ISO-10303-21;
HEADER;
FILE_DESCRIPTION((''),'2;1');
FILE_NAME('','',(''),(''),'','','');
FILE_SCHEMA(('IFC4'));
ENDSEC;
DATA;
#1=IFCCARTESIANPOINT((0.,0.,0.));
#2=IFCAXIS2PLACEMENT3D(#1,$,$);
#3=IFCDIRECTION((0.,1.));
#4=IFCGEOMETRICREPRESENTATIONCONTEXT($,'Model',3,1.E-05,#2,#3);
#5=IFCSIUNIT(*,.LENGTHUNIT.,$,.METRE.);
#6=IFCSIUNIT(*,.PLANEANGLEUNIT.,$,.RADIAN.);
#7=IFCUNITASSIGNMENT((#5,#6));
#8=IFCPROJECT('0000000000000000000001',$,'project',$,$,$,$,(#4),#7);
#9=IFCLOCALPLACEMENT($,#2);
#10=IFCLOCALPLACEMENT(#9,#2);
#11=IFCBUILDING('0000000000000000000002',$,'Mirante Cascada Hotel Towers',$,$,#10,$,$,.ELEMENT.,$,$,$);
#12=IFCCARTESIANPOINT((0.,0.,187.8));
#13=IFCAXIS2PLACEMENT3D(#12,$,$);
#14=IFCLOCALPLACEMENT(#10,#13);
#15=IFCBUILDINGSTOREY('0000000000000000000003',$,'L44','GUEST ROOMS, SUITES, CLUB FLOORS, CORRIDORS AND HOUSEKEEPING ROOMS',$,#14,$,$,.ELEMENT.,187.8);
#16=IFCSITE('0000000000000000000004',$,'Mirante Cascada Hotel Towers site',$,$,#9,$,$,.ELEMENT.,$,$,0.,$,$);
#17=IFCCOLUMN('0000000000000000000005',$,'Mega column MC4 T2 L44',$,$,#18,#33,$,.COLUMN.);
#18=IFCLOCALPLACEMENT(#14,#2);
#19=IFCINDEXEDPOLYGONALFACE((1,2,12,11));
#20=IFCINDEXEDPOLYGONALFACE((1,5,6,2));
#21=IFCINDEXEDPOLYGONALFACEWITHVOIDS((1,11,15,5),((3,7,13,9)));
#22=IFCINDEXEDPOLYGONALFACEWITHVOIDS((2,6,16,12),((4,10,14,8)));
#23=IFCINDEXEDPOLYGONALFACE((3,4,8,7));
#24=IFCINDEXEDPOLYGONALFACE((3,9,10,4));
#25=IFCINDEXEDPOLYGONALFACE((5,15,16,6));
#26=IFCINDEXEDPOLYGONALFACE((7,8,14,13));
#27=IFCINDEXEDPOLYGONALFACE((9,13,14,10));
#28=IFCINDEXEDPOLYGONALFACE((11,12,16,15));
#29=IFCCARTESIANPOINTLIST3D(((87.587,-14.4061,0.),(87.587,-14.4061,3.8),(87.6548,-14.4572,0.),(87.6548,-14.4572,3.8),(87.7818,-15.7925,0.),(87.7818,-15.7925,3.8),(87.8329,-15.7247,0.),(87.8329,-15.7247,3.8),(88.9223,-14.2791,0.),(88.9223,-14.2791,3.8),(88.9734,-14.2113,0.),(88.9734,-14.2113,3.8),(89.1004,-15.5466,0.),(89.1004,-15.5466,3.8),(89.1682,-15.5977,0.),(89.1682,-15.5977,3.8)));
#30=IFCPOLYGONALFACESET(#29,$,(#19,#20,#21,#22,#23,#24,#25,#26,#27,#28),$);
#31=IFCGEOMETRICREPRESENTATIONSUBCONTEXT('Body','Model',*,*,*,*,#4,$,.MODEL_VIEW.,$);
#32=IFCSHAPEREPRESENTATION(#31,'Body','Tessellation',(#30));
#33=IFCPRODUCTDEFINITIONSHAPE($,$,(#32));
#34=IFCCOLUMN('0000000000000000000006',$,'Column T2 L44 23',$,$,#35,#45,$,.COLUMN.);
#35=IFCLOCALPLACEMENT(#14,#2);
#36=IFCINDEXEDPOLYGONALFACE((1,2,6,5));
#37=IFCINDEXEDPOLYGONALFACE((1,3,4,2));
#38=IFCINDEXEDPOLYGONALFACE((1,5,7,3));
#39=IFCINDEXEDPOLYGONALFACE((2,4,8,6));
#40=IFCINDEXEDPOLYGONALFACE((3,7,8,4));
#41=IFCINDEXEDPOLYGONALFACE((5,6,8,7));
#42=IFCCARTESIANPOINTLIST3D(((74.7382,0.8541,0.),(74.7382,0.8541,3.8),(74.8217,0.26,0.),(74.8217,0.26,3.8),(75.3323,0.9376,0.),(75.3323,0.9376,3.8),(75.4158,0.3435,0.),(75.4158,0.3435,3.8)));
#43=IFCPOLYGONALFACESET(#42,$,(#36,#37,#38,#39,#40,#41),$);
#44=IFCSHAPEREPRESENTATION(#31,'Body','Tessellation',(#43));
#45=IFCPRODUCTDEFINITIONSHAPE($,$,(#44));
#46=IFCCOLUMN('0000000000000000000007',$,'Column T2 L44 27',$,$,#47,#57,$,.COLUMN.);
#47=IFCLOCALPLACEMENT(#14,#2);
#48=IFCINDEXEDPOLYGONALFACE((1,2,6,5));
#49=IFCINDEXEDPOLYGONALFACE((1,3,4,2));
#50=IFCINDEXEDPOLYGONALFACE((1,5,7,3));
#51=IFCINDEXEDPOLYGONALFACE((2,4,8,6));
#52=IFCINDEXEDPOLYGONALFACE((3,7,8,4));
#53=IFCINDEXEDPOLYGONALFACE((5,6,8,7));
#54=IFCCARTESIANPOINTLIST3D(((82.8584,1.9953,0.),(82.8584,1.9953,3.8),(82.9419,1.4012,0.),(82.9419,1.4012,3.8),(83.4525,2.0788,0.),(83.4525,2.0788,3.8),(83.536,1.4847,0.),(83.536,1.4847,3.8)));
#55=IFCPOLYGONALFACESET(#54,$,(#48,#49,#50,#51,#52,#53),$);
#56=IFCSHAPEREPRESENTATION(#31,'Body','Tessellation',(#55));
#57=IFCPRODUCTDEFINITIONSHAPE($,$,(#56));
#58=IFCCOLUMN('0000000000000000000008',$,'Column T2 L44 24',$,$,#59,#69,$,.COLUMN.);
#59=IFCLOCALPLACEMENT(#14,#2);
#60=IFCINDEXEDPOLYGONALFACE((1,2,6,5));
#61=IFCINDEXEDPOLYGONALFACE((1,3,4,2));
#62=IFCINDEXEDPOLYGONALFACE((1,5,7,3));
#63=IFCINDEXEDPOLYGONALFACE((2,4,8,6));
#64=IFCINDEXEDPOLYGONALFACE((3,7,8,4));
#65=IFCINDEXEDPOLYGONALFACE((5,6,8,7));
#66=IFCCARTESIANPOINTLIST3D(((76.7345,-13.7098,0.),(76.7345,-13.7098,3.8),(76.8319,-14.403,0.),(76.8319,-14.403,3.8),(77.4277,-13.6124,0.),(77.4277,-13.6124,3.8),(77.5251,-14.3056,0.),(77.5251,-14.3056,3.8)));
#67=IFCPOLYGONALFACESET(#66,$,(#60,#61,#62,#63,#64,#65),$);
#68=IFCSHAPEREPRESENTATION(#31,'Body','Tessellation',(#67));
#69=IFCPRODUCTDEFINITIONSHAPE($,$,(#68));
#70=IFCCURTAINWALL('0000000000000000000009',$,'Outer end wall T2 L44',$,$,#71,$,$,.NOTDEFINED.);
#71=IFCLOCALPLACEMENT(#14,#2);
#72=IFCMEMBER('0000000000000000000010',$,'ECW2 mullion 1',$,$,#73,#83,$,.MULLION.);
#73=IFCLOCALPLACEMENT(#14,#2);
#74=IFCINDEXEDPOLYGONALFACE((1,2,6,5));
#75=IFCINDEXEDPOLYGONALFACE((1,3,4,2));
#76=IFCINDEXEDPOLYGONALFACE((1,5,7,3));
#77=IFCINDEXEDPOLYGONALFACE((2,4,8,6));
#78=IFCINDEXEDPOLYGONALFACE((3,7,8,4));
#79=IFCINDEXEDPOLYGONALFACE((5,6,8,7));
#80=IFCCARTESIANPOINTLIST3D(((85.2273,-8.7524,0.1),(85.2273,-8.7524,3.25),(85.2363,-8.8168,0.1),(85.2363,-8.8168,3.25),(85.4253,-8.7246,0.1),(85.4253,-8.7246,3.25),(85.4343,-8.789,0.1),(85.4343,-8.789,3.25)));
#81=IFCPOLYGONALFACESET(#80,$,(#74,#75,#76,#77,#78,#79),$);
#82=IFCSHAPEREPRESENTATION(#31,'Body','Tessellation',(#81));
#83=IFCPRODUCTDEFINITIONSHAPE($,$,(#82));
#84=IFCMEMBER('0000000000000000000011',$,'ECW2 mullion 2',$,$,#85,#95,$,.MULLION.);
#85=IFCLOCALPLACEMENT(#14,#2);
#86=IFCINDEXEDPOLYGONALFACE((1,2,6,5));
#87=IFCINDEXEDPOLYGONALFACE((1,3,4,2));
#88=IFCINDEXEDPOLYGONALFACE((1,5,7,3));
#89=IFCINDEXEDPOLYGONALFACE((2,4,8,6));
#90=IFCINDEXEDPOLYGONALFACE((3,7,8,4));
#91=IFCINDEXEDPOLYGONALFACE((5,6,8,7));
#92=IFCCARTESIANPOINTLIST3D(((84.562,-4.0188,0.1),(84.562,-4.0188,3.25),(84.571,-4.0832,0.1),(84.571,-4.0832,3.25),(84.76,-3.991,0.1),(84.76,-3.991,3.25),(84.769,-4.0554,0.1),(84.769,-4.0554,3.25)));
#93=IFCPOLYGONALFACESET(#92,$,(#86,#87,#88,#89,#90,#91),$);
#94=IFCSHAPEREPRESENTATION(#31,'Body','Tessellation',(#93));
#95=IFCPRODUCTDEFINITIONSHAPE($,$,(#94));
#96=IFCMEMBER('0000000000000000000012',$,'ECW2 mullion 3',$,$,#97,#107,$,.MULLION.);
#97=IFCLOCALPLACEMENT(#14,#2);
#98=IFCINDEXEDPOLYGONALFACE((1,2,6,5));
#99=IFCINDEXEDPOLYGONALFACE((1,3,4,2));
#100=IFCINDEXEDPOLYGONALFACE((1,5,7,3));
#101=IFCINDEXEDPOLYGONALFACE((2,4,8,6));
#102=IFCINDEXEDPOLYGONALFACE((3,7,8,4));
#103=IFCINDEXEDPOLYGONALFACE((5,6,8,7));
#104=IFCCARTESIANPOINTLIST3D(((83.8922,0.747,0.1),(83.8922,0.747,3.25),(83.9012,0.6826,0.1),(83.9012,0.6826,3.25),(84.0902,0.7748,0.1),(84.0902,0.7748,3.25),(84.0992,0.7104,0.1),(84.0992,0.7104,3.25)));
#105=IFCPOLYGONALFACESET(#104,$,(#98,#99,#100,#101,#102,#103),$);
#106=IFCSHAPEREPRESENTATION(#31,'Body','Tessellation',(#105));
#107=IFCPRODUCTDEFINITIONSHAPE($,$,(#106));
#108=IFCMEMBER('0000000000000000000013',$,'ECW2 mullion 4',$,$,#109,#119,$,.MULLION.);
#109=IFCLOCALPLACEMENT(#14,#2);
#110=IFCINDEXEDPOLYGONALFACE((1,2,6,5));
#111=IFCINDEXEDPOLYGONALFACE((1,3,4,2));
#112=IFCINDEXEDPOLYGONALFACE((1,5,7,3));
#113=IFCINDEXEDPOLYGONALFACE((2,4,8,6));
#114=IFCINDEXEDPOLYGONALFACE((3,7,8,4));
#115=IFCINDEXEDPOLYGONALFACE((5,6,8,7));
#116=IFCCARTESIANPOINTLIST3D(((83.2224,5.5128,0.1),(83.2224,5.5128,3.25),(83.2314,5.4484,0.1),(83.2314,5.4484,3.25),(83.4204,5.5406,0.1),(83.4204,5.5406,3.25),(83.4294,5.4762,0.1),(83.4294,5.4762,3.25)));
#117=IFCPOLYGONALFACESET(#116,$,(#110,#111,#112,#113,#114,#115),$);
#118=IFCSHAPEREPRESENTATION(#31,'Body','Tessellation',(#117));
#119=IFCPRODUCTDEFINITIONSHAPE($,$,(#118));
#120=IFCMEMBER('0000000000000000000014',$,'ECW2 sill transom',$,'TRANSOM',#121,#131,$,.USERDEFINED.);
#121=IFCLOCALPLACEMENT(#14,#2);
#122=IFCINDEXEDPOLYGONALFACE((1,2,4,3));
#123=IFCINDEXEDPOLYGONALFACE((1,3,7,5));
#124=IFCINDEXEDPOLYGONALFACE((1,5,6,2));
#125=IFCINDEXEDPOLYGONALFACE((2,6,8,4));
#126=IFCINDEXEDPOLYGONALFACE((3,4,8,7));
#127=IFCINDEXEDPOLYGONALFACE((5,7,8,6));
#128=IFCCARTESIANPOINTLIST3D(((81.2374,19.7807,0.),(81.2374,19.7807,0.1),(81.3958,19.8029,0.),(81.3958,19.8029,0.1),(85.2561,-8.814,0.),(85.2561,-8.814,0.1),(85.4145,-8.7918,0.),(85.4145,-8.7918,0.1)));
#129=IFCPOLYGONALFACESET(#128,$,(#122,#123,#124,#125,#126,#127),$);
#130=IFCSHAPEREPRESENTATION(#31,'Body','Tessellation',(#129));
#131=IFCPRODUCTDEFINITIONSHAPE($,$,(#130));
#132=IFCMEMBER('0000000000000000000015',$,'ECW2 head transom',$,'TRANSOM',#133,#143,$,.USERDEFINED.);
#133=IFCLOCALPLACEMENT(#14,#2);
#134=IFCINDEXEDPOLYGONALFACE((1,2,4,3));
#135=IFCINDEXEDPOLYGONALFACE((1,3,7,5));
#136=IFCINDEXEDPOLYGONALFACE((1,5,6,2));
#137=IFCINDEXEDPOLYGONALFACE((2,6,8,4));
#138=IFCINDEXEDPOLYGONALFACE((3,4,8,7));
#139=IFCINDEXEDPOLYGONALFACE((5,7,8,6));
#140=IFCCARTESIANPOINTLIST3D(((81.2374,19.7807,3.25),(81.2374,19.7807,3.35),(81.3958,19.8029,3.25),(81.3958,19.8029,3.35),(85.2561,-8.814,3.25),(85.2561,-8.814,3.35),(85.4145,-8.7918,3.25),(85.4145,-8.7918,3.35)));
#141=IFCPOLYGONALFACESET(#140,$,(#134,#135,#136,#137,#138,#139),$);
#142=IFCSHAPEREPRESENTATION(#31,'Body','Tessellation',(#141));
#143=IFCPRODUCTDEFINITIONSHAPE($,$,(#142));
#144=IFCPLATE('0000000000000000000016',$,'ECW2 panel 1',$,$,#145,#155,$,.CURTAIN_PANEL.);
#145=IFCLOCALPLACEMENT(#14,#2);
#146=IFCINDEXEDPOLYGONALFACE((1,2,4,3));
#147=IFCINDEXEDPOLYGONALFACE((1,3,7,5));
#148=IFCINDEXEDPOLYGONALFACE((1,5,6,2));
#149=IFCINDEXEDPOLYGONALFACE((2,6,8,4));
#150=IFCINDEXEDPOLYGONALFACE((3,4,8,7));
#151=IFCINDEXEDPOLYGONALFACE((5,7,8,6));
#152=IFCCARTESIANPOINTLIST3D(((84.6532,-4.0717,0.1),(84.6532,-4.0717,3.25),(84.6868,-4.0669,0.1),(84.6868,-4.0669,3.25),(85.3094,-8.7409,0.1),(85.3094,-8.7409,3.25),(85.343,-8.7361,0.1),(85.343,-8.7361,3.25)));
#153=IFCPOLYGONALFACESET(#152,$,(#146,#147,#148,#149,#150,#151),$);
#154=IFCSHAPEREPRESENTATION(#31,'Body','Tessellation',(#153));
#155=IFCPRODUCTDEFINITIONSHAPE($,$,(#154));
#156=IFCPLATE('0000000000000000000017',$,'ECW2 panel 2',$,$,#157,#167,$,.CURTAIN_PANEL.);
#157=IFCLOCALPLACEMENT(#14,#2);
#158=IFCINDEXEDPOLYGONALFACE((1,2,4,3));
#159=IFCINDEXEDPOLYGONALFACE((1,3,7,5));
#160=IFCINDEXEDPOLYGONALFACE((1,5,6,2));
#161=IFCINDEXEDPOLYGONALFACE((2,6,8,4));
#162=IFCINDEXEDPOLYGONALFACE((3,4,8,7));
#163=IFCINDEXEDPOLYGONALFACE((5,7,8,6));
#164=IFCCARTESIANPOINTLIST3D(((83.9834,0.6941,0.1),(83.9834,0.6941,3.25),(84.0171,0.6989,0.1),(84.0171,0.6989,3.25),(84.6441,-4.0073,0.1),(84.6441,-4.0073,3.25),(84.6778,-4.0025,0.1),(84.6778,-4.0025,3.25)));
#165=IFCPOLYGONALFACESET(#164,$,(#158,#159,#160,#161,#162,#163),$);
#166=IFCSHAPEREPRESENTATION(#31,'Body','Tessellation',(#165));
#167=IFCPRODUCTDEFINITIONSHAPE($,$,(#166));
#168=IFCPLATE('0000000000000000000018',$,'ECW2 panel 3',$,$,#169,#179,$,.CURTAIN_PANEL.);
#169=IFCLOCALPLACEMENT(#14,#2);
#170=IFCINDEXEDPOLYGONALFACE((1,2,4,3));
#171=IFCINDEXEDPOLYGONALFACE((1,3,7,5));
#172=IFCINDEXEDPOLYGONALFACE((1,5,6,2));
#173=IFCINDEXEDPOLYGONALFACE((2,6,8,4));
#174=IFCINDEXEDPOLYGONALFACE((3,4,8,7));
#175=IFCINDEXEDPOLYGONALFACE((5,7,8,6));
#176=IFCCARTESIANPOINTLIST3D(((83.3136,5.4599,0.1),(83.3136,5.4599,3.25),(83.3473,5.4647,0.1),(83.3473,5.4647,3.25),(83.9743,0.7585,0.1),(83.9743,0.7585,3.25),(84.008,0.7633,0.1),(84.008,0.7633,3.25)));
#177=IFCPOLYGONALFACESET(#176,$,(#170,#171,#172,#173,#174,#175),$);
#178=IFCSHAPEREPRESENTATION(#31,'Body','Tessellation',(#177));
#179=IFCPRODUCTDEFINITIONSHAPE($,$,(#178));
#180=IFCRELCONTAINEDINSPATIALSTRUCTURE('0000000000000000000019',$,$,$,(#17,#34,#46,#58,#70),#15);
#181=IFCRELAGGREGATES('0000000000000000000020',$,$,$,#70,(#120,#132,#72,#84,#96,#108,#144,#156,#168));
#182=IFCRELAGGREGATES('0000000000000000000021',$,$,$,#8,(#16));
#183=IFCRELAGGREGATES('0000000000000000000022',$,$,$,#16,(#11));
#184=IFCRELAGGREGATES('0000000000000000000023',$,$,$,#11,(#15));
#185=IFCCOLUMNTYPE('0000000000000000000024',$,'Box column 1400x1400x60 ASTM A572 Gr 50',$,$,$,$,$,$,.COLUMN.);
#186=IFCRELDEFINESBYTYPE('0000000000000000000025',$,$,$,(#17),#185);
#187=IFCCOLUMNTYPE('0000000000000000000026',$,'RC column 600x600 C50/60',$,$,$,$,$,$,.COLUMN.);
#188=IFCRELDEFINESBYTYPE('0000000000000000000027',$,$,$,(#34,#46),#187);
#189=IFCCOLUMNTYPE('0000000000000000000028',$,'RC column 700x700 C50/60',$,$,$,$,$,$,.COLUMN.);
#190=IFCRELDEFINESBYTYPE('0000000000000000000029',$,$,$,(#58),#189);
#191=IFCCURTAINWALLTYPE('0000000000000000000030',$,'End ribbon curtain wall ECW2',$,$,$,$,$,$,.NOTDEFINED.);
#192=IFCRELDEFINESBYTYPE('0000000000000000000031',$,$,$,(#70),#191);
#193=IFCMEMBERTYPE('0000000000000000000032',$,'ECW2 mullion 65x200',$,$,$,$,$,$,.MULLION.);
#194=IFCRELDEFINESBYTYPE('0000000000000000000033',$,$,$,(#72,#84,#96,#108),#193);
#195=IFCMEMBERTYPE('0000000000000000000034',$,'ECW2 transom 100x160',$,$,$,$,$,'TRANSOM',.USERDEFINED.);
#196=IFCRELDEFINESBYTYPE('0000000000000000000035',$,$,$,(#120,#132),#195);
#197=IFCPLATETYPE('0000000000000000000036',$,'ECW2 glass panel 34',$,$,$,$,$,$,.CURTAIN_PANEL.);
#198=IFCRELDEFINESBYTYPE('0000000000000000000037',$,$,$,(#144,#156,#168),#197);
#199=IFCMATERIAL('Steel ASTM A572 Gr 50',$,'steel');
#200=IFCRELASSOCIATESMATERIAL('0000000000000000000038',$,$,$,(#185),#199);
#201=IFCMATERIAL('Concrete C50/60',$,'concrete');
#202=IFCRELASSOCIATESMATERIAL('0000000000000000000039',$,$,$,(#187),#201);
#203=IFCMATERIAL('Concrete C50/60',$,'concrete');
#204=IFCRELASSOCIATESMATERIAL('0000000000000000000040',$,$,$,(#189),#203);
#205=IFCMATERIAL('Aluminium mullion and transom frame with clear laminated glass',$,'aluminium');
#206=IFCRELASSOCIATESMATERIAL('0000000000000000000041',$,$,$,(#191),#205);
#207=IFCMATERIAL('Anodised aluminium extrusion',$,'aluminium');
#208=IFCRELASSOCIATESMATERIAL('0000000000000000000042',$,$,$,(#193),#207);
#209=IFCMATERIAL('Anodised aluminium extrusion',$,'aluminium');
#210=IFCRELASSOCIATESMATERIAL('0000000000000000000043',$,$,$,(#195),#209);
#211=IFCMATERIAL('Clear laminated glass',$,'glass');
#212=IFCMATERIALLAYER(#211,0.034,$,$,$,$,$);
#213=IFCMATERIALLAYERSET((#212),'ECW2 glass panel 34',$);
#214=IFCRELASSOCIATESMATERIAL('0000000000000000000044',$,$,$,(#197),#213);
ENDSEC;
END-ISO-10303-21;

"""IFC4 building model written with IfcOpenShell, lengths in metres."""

from ifc_helpers import new_model, si_unit, direction, frame, origin, origin_2d, place, context, subcontext, project, spatial, rectangle, hollow_rectangle, extrude, material, layer, layer_set, material_profile, profile_set, type_object, element, aggregate, save


model = new_model("IFC4")

# Units and contexts
model_context = context("Model", 3, precision=1e-05, world=origin(), true_north=direction((0.0, 1.0)))
body_context = subcontext(model_context, "Body", "Model", "MODEL_VIEW")
ifc_project = project(units=[si_unit("LENGTHUNIT", "METRE"), si_unit("PLANEANGLEUNIT", "RADIAN")], contexts=[model_context])

# Site, building, storey
site_placement = place(None, origin())
site = spatial("IfcSite", under=ifc_project, at=site_placement, Name="Mirante Cascada Hotel Towers site", CompositionType="ELEMENT", RefElevation=0.0)
building_placement = place(site_placement, origin())
building = spatial("IfcBuilding", under=site, at=building_placement, Name="Mirante Cascada Hotel Towers", CompositionType="ELEMENT")
storey_placement = place(building_placement, frame((0.0, 0.0, 187.8)))
storey = spatial("IfcBuildingStorey", under=building, at=storey_placement, Name="L44", Description="GUEST ROOMS, SUITES, CLUB FLOORS, CORRIDORS AND HOUSEKEEPING ROOMS", CompositionType="ELEMENT", Elevation=187.8)

# Columns
ifc_material_1 = material(Name="Steel ASTM A572 Gr 50", Category="steel")
ifc_material_profile_1 = material_profile(ifc_material_1, hollow_rectangle(XDim=1.4, YDim=1.4, WallThickness=0.06, at=origin_2d()), Name="Box column 1400x1400x60 ASTM A572 Gr 50")
ifc_profile_set_1 = profile_set([ifc_material_profile_1], Name="Steel ASTM A572 Gr 50")
column_type_1 = type_object("IfcColumnType", Name="Box column 1400x1400x60 ASTM A572 Gr 50", PredefinedType="COLUMN", material=ifc_profile_set_1)
column_1_placement = place(storey_placement, frame((88.3776, -15.0019, 0.0), z_axis=(0.0, 0.0, 1.0), x_axis=(0.990268, 0.139173, 0.0)))
element("IfcColumn", 1, at=column_1_placement, inside=storey, type_object=column_type_1, Name="Mega column MC4 T2 L44", PredefinedType="COLUMN", context=body_context, shape_type="SweptSolid", body=[
    extrude(hollow_rectangle(XDim=1.4, YDim=1.4, WallThickness=0.06, at=origin_2d()), origin(), (0.0, 0.0, 1.0), 3.8),
])
ifc_material_2 = material(Name="Concrete C50/60", Category="concrete")
ifc_material_profile_2 = material_profile(ifc_material_2, rectangle(XDim=0.6, YDim=0.6, at=origin_2d()), Name="RC column 600x600 C50/60")
ifc_profile_set_2 = profile_set([ifc_material_profile_2], Name="Concrete C50/60")
column_type_2 = type_object("IfcColumnType", Name="RC column 600x600 C50/60", PredefinedType="COLUMN", material=ifc_profile_set_2)
for number, where, z_axis, x_axis, name in (
    (2, (75.077, 0.5988, 0.0), (0.0, 0.0, 1.0), (0.990268, 0.139173, 0.0), "Column T2 L44 23"),
    (3, (83.1972, 1.74, 0.0), (0.0, 0.0, 1.0), (0.990268, 0.139173, 0.0), "Column T2 L44 27"),
):
    element("IfcColumn", number, at=place(storey_placement, frame(where, z_axis=z_axis, x_axis=x_axis)), inside=storey, type_object=column_type_2, Name=name, PredefinedType="COLUMN", context=body_context, shape_type="SweptSolid", body=[
        extrude(rectangle(XDim=0.6, YDim=0.6, at=origin_2d()), origin(), (0.0, 0.0, 1.0), 3.8),
    ])
ifc_material_3 = material(Name="Concrete C50/60", Category="concrete")
ifc_material_profile_3 = material_profile(ifc_material_3, rectangle(XDim=0.7, YDim=0.7, at=origin_2d()), Name="RC column 700x700 C50/60")
ifc_profile_set_3 = profile_set([ifc_material_profile_3], Name="Concrete C50/60")
column_type_3 = type_object("IfcColumnType", Name="RC column 700x700 C50/60", PredefinedType="COLUMN", material=ifc_profile_set_3)
column_2_placement = place(storey_placement, frame((77.1298, -14.0077, 0.0), z_axis=(0.0, 0.0, 1.0), x_axis=(0.990268, 0.139173, 0.0)))
element("IfcColumn", 4, at=column_2_placement, inside=storey, type_object=column_type_3, Name="Column T2 L44 24", PredefinedType="COLUMN", context=body_context, shape_type="SweptSolid", body=[
    extrude(rectangle(XDim=0.7, YDim=0.7, at=origin_2d()), origin(), (0.0, 0.0, 1.0), 3.8),
])

# Curtain wall, members, plates
ifc_material_4 = material(Name="Aluminium mullion and transom frame with clear laminated glass", Category="aluminium")
curtain_wall_type = type_object("IfcCurtainWallType", Name="End ribbon curtain wall ECW2", PredefinedType="NOTDEFINED", material=ifc_material_4)
curtain_wall_placement = place(storey_placement, origin())
curtain_wall = element("IfcCurtainWall", 5, at=curtain_wall_placement, inside=storey, type_object=curtain_wall_type, Name="Outer end wall T2 L44", PredefinedType="NOTDEFINED")
ifc_material_5 = material(Name="Anodised aluminium extrusion", Category="aluminium")
ifc_material_profile_4 = material_profile(ifc_material_5, rectangle(XDim=0.2, YDim=0.065, at=origin_2d()), Name="ECW2 MULLION 65x200")
ifc_profile_set_4 = profile_set([ifc_material_profile_4], Name="Anodised aluminium extrusion")
member_type_1 = type_object("IfcMemberType", Name="ECW2 mullion 65x200", PredefinedType="MULLION", material=ifc_profile_set_4)
member_1_placement = place(storey_placement, frame((85.3308, -8.7707, 0.1), z_axis=(0.0, 0.0, 1.0), x_axis=(-0.990268, -0.139173, 0.0)))
member_1 = element("IfcMember", 6, at=member_1_placement, type_object=member_type_1, Name="ECW2 mullion 1", PredefinedType="MULLION", context=body_context, shape_type="SweptSolid", body=[
    extrude(rectangle(XDim=0.2, YDim=0.065, at=origin_2d()), origin(), (0.0, 0.0, 1.0), 3.15),
])
member_2_placement = place(storey_placement, frame((84.6655, -4.0371, 0.1), z_axis=(0.0, 0.0, 1.0), x_axis=(-0.990268, -0.139173, 0.0)))
member_2 = element("IfcMember", 7, at=member_2_placement, type_object=member_type_1, Name="ECW2 mullion 2", PredefinedType="MULLION", context=body_context, shape_type="SweptSolid", body=[
    extrude(rectangle(XDim=0.2, YDim=0.065, at=origin_2d()), origin(), (0.0, 0.0, 1.0), 3.15),
])
member_3_placement = place(storey_placement, frame((83.9957, 0.7287, 0.1), z_axis=(0.0, 0.0, 1.0), x_axis=(-0.990268, -0.139173, 0.0)))
member_3 = element("IfcMember", 8, at=member_3_placement, type_object=member_type_1, Name="ECW2 mullion 3", PredefinedType="MULLION", context=body_context, shape_type="SweptSolid", body=[
    extrude(rectangle(XDim=0.2, YDim=0.065, at=origin_2d()), origin(), (0.0, 0.0, 1.0), 3.15),
])
member_4_placement = place(storey_placement, frame((83.3259, 5.4945, 0.1), z_axis=(0.0, 0.0, 1.0), x_axis=(-0.990268, -0.139173, 0.0)))
member_4 = element("IfcMember", 9, at=member_4_placement, type_object=member_type_1, Name="ECW2 mullion 4", PredefinedType="MULLION", context=body_context, shape_type="SweptSolid", body=[
    extrude(rectangle(XDim=0.2, YDim=0.065, at=origin_2d()), origin(), (0.0, 0.0, 1.0), 3.15),
])
ifc_material_6 = material(Name="Anodised aluminium extrusion", Category="aluminium")
ifc_material_profile_5 = material_profile(ifc_material_6, rectangle(XDim=0.16, YDim=0.1, at=origin_2d()), Name="ECW2 TRANSOM 100x160")
ifc_profile_set_5 = profile_set([ifc_material_profile_5], Name="Anodised aluminium extrusion")
member_type_2 = type_object("IfcMemberType", Name="ECW2 transom 100x160", ElementType="TRANSOM", PredefinedType="USERDEFINED", material=ifc_profile_set_5)
member_5_placement = place(storey_placement, frame((85.3353, -8.8029, 0.05), z_axis=(-0.139172, 0.990268, 0.0), x_axis=(-0.990268, -0.139172, 0.0)))
member_5 = element("IfcMember", 10, at=member_5_placement, type_object=member_type_2, Name="ECW2 sill transom", ObjectType="TRANSOM", PredefinedType="USERDEFINED", context=body_context, shape_type="SweptSolid", body=[
    extrude(rectangle(XDim=0.16, YDim=0.1, at=origin_2d()), origin(), (0.0, 0.0, 1.0), 28.8757),
])
member_6_placement = place(storey_placement, frame((85.3353, -8.8029, 3.3), z_axis=(-0.139172, 0.990268, 0.0), x_axis=(-0.990268, -0.139172, 0.0)))
member_6 = element("IfcMember", 11, at=member_6_placement, type_object=member_type_2, Name="ECW2 head transom", ObjectType="TRANSOM", PredefinedType="USERDEFINED", context=body_context, shape_type="SweptSolid", body=[
    extrude(rectangle(XDim=0.16, YDim=0.1, at=origin_2d()), origin(), (0.0, 0.0, 1.0), 28.8757),
])
ifc_material_7 = material(Name="Clear laminated glass", Category="glass")
ifc_layer_1 = layer(ifc_material_7, 0.034)
ifc_layer_set_1 = layer_set([ifc_layer_1], Name="ECW2 glass panel 34")
plate_type = type_object("IfcPlateType", Name="ECW2 glass panel 34", PredefinedType="CURTAIN_PANEL", material=ifc_layer_set_1)
plate_1_placement = place(storey_placement, frame((84.9981, -6.4039, 0.1), z_axis=(0.0, 0.0, 1.0), x_axis=(-0.139173, 0.990268, 0.0)))
plate_1 = element("IfcPlate", 12, at=plate_1_placement, type_object=plate_type, Name="ECW2 panel 1", PredefinedType="CURTAIN_PANEL", context=body_context, shape_type="SweptSolid", body=[
    extrude(rectangle(XDim=4.7151, YDim=0.034, at=origin_2d()), origin(), (0.0, 0.0, 1.0), 3.15),
])
plate_2_placement = place(storey_placement, frame((84.3306, -1.6542, 0.1), z_axis=(0.0, 0.0, 1.0), x_axis=(-0.139173, 0.990268, 0.0)))
plate_2 = element("IfcPlate", 13, at=plate_2_placement, type_object=plate_type, Name="ECW2 panel 2", PredefinedType="CURTAIN_PANEL", context=body_context, shape_type="SweptSolid", body=[
    extrude(rectangle(XDim=4.7476, YDim=0.034, at=origin_2d()), origin(), (0.0, 0.0, 1.0), 3.15),
])
plate_3_placement = place(storey_placement, frame((83.6608, 3.1116, 0.1), z_axis=(0.0, 0.0, 1.0), x_axis=(-0.139173, 0.990268, 0.0)))
plate_3 = element("IfcPlate", 14, at=plate_3_placement, type_object=plate_type, Name="ECW2 panel 3", PredefinedType="CURTAIN_PANEL", context=body_context, shape_type="SweptSolid", body=[
    extrude(rectangle(XDim=4.7476, YDim=0.034, at=origin_2d()), origin(), (0.0, 0.0, 1.0), 3.15),
])
aggregate(curtain_wall, [member_5, member_6, member_1, member_2, member_3, member_4, plate_1, plate_2, plate_3])

save(model, "model.ifc")
